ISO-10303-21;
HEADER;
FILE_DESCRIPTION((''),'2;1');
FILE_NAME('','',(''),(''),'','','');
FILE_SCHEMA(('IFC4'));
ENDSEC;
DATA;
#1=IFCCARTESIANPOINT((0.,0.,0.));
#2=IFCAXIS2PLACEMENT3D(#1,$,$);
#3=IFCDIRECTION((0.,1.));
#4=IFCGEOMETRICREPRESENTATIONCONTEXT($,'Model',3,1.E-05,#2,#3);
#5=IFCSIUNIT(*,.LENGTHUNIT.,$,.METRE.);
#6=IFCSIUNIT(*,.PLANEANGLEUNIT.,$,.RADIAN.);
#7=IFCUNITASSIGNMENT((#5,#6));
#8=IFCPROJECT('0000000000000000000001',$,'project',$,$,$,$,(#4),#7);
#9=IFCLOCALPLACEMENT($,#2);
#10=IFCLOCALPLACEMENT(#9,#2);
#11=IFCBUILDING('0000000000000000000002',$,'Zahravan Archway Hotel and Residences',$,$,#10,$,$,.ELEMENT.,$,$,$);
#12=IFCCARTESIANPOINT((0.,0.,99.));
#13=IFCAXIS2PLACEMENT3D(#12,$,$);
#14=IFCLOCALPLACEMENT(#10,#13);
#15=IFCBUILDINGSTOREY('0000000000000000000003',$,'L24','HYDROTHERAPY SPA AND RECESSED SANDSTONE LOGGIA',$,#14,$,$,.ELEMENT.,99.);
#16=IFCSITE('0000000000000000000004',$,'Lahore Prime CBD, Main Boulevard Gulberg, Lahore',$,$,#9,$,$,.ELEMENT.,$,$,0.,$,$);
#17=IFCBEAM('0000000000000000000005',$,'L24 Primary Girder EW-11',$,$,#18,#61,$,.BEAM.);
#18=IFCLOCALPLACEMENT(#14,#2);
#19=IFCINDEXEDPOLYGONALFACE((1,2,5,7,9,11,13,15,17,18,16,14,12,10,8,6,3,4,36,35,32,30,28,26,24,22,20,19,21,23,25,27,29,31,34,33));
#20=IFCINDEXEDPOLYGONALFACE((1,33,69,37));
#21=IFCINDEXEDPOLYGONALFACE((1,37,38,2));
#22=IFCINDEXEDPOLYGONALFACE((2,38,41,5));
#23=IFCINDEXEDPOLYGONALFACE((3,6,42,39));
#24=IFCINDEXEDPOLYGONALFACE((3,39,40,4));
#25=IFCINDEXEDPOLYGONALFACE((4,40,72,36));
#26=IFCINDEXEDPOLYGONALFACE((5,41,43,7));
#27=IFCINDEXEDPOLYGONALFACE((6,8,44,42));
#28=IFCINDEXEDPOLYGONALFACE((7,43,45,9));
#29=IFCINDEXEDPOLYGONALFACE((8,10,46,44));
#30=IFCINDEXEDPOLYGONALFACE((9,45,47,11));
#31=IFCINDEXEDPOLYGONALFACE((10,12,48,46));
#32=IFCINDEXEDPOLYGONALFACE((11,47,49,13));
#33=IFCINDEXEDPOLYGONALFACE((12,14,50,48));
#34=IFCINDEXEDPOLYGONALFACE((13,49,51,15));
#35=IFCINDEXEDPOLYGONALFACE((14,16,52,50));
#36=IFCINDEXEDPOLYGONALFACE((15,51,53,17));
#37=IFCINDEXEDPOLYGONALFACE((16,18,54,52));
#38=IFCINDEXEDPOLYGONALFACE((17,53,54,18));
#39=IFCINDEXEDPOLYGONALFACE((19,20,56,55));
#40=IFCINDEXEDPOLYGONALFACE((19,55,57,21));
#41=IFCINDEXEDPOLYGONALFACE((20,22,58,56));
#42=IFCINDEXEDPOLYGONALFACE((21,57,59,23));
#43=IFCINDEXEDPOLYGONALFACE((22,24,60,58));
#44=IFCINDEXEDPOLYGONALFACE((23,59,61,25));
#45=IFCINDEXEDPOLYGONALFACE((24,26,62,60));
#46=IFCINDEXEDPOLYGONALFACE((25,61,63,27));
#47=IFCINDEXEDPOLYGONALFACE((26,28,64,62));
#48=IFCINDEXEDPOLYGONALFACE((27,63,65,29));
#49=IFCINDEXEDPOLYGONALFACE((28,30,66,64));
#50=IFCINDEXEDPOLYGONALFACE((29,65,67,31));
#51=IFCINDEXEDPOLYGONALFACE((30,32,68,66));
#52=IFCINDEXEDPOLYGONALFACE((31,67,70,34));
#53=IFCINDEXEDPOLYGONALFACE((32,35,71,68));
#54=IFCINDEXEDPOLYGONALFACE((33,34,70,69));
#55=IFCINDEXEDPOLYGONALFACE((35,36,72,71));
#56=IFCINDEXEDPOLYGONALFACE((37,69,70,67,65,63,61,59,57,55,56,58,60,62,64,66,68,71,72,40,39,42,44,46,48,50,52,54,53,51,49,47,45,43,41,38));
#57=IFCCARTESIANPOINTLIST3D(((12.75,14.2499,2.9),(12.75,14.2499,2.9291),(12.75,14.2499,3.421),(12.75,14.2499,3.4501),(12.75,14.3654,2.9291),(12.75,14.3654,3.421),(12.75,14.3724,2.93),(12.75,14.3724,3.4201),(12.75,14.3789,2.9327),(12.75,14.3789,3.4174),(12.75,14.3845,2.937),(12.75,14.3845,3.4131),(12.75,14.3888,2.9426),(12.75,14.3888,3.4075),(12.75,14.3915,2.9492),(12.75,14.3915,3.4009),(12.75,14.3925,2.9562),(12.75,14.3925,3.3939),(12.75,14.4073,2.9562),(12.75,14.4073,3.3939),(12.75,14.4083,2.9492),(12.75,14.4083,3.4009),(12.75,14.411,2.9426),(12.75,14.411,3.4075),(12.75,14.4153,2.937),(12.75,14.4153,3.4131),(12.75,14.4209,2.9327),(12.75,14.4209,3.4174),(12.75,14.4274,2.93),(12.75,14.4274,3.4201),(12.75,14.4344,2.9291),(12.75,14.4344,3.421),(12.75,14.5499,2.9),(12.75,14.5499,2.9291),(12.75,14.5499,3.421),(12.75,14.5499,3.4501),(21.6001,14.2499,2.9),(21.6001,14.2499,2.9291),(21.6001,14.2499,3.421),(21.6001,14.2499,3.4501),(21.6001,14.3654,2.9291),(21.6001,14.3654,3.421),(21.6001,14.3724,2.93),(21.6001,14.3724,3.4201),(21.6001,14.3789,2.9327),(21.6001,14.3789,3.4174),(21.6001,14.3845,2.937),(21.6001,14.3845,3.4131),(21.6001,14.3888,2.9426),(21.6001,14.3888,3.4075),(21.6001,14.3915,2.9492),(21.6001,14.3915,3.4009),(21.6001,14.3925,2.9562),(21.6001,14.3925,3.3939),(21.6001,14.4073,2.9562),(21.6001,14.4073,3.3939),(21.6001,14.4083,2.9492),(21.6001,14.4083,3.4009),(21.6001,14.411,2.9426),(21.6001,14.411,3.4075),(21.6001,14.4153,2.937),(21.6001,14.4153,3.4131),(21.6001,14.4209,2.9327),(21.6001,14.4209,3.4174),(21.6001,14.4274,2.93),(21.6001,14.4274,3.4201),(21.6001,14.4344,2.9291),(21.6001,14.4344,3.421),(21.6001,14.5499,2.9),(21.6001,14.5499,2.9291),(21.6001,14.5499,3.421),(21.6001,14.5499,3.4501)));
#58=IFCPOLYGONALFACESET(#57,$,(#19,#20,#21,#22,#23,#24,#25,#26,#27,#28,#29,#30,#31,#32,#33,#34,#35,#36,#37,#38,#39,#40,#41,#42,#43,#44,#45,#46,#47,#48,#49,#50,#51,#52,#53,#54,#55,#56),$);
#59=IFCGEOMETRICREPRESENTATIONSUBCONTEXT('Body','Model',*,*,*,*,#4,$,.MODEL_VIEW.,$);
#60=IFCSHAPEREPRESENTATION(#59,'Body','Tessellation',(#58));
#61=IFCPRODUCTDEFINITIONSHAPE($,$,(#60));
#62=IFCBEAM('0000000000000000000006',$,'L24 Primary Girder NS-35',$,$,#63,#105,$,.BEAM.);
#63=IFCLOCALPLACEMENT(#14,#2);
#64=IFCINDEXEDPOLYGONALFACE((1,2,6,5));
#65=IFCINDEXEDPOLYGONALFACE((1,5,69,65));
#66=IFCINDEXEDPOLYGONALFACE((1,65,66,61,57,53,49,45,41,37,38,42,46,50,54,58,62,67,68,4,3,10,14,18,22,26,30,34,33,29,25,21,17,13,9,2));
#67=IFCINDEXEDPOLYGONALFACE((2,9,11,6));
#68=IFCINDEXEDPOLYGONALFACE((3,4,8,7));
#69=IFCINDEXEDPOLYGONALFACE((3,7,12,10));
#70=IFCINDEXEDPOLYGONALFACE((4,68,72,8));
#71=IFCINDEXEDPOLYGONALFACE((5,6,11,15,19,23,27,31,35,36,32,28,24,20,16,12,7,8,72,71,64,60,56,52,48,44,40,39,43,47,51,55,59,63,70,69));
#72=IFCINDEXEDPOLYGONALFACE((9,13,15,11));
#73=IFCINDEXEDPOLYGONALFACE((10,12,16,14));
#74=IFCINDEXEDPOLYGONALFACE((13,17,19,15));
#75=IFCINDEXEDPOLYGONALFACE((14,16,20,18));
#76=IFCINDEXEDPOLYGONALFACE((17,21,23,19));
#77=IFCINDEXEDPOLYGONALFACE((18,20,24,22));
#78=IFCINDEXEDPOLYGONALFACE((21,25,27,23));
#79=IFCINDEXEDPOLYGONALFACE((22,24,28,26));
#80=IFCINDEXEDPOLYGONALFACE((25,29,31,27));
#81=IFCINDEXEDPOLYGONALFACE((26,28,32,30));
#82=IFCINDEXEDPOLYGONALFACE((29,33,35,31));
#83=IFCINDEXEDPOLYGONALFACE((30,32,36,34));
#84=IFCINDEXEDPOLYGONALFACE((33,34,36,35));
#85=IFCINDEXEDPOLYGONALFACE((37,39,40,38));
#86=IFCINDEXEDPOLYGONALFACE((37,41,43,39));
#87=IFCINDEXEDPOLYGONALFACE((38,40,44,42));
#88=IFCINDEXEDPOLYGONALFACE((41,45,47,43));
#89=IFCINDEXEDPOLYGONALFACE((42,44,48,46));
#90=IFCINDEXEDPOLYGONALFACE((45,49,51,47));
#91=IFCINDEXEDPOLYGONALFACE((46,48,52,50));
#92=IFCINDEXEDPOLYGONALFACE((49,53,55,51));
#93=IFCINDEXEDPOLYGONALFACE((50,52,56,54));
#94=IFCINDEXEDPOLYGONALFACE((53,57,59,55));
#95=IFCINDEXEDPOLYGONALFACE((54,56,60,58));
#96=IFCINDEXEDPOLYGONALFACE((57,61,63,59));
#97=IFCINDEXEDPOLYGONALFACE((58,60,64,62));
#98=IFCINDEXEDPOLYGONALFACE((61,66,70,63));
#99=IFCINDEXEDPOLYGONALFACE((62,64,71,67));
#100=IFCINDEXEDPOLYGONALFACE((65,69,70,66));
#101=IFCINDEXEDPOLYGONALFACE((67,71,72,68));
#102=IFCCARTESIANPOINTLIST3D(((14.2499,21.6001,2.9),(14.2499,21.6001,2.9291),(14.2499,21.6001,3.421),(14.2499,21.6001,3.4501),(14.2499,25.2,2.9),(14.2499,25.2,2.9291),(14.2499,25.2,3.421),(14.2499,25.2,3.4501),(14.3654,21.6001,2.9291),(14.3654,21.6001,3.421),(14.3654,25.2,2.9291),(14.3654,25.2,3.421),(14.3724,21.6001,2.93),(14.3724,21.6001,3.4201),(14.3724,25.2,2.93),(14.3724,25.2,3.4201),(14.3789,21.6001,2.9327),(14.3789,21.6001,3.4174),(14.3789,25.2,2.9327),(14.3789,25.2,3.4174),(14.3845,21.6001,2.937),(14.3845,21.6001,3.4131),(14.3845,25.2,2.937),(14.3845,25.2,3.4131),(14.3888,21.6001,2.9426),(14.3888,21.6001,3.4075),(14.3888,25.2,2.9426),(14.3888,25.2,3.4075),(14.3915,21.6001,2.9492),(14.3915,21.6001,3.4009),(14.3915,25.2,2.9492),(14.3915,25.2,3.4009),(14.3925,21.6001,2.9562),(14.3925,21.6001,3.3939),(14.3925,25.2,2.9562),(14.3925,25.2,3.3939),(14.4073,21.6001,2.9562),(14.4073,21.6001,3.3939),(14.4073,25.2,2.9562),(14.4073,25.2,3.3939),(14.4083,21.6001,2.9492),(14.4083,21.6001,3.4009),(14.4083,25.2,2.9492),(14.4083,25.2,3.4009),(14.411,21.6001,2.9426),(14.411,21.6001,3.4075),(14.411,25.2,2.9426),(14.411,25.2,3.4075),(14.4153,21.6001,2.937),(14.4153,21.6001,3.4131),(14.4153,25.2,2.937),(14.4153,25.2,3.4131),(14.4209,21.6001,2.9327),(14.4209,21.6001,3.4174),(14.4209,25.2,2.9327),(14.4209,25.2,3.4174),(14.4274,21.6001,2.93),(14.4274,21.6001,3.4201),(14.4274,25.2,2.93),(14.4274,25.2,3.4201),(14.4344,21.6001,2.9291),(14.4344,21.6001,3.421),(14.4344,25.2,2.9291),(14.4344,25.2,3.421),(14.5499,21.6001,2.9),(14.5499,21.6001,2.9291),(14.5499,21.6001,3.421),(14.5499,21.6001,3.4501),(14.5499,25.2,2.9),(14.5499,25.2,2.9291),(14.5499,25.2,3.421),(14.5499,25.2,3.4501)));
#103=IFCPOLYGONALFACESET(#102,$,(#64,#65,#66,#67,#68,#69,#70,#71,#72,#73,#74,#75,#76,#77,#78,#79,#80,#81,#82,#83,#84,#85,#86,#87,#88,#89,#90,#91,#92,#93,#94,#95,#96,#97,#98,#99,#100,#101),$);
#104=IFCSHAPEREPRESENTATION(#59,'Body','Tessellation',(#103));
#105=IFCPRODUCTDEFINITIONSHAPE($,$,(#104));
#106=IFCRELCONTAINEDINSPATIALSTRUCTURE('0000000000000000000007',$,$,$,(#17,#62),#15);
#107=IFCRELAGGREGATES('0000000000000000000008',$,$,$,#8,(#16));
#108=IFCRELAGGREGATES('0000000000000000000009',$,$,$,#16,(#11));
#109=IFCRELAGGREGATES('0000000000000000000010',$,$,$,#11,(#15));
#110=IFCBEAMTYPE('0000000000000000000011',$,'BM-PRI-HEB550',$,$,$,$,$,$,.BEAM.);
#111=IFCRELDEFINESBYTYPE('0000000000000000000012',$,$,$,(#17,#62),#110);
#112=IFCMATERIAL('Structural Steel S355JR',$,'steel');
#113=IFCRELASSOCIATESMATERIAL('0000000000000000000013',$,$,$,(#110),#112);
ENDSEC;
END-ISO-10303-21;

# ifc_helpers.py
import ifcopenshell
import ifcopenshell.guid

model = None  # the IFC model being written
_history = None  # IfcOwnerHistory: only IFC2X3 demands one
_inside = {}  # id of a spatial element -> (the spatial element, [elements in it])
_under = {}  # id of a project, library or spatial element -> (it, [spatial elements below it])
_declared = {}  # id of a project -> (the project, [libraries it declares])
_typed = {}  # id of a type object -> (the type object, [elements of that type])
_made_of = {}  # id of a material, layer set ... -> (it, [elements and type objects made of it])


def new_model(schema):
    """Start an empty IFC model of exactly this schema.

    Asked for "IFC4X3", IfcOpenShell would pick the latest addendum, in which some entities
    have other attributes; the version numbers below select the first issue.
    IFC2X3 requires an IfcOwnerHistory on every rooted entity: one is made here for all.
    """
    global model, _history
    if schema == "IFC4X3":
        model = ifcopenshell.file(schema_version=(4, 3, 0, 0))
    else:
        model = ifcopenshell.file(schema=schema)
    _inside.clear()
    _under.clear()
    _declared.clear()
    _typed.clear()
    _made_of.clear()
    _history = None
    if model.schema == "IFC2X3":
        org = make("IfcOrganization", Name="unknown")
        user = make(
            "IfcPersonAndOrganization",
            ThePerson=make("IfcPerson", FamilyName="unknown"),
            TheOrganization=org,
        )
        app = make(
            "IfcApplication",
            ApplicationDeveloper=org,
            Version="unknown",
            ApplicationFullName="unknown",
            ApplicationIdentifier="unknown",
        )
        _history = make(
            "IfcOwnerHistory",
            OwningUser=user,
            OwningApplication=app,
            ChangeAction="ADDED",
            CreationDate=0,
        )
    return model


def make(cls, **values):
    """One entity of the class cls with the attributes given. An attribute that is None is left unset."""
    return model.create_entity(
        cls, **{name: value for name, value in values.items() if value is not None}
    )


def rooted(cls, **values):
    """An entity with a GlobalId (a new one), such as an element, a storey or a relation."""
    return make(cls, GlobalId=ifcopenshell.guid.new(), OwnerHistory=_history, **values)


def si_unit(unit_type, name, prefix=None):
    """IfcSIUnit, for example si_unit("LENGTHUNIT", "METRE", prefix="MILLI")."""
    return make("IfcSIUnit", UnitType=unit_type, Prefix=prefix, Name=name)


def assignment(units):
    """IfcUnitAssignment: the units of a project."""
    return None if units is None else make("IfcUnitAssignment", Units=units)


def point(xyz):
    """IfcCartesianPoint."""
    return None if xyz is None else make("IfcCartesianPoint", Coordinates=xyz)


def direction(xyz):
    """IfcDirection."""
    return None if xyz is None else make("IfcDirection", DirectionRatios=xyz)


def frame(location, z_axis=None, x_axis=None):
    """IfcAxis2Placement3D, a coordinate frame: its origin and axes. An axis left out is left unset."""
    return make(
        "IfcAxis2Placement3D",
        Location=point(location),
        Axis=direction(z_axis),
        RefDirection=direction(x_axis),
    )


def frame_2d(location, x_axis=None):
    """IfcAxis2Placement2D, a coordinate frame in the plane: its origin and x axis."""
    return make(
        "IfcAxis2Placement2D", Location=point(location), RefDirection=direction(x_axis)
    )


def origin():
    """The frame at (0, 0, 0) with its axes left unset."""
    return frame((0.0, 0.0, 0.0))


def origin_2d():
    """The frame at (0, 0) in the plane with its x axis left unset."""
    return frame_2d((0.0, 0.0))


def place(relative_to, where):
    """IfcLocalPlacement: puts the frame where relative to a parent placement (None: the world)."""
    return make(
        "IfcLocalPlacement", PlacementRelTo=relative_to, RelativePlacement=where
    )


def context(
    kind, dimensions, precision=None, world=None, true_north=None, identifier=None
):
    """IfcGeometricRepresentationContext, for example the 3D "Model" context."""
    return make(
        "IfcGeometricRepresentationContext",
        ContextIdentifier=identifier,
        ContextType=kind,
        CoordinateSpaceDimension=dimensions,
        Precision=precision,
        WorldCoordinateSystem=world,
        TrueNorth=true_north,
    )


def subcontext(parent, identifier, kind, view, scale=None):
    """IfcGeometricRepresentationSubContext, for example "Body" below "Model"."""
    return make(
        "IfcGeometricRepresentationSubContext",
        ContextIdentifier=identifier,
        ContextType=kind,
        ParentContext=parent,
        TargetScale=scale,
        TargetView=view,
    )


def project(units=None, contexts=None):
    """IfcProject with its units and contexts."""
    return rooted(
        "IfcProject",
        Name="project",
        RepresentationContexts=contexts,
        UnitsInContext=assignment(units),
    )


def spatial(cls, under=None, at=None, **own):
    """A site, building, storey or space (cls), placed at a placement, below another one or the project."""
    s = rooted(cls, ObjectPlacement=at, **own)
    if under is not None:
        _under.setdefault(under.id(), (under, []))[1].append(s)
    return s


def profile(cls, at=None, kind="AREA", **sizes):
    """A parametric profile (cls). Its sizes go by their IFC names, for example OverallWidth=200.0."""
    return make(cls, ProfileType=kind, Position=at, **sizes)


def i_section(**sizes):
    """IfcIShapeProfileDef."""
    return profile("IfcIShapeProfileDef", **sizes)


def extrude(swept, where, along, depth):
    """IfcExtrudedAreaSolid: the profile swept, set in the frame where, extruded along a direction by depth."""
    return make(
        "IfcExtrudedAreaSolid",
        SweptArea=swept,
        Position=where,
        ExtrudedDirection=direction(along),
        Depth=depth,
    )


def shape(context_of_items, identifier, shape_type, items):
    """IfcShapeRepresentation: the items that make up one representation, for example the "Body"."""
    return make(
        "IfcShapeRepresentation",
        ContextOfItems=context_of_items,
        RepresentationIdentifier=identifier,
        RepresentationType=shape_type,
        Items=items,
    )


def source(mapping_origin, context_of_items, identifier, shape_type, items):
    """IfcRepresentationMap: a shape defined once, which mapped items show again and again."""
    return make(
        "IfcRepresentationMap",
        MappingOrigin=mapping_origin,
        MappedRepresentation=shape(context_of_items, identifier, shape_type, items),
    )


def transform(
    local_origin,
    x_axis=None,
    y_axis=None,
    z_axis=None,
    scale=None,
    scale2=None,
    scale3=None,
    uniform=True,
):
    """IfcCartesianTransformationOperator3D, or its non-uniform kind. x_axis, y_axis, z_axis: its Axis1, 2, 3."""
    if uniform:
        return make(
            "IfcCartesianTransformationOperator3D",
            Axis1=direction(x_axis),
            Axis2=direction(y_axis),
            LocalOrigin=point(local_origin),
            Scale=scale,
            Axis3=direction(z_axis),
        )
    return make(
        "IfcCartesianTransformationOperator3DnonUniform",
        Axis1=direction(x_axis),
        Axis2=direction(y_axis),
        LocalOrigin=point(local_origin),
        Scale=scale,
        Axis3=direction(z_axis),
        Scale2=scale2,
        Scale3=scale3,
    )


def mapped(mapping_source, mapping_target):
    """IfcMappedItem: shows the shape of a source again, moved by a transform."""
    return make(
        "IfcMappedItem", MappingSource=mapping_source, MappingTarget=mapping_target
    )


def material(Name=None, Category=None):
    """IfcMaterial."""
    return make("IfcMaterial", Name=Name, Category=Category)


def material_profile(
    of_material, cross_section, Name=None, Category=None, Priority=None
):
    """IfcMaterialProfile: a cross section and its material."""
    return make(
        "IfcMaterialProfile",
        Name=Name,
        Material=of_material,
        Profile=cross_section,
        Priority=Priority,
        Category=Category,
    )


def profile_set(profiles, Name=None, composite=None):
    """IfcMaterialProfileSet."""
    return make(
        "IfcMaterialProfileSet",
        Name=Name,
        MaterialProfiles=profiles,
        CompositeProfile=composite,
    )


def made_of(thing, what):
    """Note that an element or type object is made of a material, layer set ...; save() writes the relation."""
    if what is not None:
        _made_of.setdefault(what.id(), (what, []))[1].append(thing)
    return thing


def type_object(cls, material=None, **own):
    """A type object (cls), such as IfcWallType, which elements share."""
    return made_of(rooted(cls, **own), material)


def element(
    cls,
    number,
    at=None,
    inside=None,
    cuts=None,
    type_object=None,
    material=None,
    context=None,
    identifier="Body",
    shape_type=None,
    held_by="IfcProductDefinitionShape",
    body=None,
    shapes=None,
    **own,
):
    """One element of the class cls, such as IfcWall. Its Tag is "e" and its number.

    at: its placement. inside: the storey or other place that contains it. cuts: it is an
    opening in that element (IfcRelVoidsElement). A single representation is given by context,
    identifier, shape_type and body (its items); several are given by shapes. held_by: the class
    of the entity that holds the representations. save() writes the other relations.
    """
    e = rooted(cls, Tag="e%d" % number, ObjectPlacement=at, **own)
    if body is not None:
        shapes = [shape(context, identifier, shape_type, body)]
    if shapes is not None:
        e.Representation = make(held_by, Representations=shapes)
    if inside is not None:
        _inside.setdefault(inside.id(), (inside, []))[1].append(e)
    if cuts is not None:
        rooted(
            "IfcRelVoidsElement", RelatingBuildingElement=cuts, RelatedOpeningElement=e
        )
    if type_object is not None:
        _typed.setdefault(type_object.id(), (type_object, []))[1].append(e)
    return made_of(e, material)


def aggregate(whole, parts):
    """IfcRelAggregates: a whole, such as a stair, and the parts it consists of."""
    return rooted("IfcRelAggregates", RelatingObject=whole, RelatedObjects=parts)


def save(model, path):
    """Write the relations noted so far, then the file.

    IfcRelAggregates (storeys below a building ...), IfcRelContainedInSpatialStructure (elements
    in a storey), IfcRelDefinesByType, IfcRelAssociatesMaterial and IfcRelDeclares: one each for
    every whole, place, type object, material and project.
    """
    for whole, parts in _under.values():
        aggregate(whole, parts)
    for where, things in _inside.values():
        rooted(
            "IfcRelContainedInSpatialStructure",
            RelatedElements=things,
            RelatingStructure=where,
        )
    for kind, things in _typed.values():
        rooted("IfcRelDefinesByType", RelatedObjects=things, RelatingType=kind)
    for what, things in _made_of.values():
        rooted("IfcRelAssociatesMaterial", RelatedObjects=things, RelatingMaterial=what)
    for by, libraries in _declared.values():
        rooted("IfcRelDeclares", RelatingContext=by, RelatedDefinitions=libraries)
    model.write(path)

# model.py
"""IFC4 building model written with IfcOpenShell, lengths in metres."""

from ifc_helpers import new_model, si_unit, direction, frame, origin, origin_2d, place, context, subcontext, project, spatial, i_section, extrude, source, transform, mapped, material, material_profile, profile_set, type_object, element, save


model = new_model("IFC4")

# Units and contexts
model_context = context("Model", 3, precision=1e-05, world=origin(), true_north=direction((0.0, 1.0)))
body_context = subcontext(model_context, "Body", "Model", "MODEL_VIEW")
ifc_project = project(units=[si_unit("LENGTHUNIT", "METRE"), si_unit("PLANEANGLEUNIT", "RADIAN")], contexts=[model_context])

# Site, building, storey
site_placement = place(None, origin())
site = spatial("IfcSite", under=ifc_project, at=site_placement, Name="Lahore Prime CBD, Main Boulevard Gulberg, Lahore", CompositionType="ELEMENT", RefElevation=0.0)
building_placement = place(site_placement, origin())
building = spatial("IfcBuilding", under=site, at=building_placement, Name="Zahravan Archway Hotel and Residences", CompositionType="ELEMENT")
storey_placement = place(building_placement, frame((0.0, 0.0, 99.0)))
storey = spatial("IfcBuildingStorey", under=building, at=storey_placement, Name="L24", Description="HYDROTHERAPY SPA AND RECESSED SANDSTONE LOGGIA", CompositionType="ELEMENT", Elevation=99.0)

# Beams
ifc_material_1 = material(Name="Structural Steel S355JR", Category="steel")
ifc_material_profile_1 = material_profile(ifc_material_1, i_section(OverallWidth=0.3, OverallDepth=0.55, WebThickness=0.0149, FlangeThickness=0.0291, FilletRadius=0.0271, at=origin_2d()), Name="HEB 550", Category="steel")
ifc_profile_set_1 = profile_set([ifc_material_profile_1], Name="Structural Steel S355JR")
beam_type = type_object("IfcBeamType", Name="BM-PRI-HEB550", PredefinedType="BEAM", material=ifc_profile_set_1)
shared_shape_1 = source(origin(), body_context, "Body", "SweptSolid", [
    extrude(i_section(OverallWidth=0.3, OverallDepth=0.55, WebThickness=0.0149, FlangeThickness=0.0291, FilletRadius=0.0271, at=origin_2d()), origin(), (0.0, 0.0, 1.0), 8.8501),
])
beam_1_placement = place(storey_placement, frame((12.75, 14.3999, 3.175), z_axis=(1.0, 0.0, 0.0), x_axis=(0.0, 1.0, 0.0)))
element("IfcBeam", 1, at=beam_1_placement, inside=storey, type_object=beam_type, Name="L24 Primary Girder EW-11", PredefinedType="BEAM", context=body_context, shape_type="MappedRepresentation", body=[
    mapped(shared_shape_1, transform((0.0, 0.0, 0.0), scale=1.0)),
])
shared_shape_2 = source(origin(), body_context, "Body", "SweptSolid", [
    extrude(i_section(OverallWidth=0.3, OverallDepth=0.55, WebThickness=0.0149, FlangeThickness=0.0291, FilletRadius=0.0271, at=origin_2d()), origin(), (0.0, 0.0, 1.0), 3.5999),
])
beam_2_placement = place(storey_placement, frame((14.3999, 21.6001, 3.175), z_axis=(0.0, 1.0, 0.0), x_axis=(-1.0, 0.0, 0.0)))
element("IfcBeam", 2, at=beam_2_placement, inside=storey, type_object=beam_type, Name="L24 Primary Girder NS-35", PredefinedType="BEAM", context=body_context, shape_type="MappedRepresentation", body=[
    mapped(shared_shape_2, transform((0.0, 0.0, 0.0), scale=1.0)),
])

save(model, "model.ifc")
